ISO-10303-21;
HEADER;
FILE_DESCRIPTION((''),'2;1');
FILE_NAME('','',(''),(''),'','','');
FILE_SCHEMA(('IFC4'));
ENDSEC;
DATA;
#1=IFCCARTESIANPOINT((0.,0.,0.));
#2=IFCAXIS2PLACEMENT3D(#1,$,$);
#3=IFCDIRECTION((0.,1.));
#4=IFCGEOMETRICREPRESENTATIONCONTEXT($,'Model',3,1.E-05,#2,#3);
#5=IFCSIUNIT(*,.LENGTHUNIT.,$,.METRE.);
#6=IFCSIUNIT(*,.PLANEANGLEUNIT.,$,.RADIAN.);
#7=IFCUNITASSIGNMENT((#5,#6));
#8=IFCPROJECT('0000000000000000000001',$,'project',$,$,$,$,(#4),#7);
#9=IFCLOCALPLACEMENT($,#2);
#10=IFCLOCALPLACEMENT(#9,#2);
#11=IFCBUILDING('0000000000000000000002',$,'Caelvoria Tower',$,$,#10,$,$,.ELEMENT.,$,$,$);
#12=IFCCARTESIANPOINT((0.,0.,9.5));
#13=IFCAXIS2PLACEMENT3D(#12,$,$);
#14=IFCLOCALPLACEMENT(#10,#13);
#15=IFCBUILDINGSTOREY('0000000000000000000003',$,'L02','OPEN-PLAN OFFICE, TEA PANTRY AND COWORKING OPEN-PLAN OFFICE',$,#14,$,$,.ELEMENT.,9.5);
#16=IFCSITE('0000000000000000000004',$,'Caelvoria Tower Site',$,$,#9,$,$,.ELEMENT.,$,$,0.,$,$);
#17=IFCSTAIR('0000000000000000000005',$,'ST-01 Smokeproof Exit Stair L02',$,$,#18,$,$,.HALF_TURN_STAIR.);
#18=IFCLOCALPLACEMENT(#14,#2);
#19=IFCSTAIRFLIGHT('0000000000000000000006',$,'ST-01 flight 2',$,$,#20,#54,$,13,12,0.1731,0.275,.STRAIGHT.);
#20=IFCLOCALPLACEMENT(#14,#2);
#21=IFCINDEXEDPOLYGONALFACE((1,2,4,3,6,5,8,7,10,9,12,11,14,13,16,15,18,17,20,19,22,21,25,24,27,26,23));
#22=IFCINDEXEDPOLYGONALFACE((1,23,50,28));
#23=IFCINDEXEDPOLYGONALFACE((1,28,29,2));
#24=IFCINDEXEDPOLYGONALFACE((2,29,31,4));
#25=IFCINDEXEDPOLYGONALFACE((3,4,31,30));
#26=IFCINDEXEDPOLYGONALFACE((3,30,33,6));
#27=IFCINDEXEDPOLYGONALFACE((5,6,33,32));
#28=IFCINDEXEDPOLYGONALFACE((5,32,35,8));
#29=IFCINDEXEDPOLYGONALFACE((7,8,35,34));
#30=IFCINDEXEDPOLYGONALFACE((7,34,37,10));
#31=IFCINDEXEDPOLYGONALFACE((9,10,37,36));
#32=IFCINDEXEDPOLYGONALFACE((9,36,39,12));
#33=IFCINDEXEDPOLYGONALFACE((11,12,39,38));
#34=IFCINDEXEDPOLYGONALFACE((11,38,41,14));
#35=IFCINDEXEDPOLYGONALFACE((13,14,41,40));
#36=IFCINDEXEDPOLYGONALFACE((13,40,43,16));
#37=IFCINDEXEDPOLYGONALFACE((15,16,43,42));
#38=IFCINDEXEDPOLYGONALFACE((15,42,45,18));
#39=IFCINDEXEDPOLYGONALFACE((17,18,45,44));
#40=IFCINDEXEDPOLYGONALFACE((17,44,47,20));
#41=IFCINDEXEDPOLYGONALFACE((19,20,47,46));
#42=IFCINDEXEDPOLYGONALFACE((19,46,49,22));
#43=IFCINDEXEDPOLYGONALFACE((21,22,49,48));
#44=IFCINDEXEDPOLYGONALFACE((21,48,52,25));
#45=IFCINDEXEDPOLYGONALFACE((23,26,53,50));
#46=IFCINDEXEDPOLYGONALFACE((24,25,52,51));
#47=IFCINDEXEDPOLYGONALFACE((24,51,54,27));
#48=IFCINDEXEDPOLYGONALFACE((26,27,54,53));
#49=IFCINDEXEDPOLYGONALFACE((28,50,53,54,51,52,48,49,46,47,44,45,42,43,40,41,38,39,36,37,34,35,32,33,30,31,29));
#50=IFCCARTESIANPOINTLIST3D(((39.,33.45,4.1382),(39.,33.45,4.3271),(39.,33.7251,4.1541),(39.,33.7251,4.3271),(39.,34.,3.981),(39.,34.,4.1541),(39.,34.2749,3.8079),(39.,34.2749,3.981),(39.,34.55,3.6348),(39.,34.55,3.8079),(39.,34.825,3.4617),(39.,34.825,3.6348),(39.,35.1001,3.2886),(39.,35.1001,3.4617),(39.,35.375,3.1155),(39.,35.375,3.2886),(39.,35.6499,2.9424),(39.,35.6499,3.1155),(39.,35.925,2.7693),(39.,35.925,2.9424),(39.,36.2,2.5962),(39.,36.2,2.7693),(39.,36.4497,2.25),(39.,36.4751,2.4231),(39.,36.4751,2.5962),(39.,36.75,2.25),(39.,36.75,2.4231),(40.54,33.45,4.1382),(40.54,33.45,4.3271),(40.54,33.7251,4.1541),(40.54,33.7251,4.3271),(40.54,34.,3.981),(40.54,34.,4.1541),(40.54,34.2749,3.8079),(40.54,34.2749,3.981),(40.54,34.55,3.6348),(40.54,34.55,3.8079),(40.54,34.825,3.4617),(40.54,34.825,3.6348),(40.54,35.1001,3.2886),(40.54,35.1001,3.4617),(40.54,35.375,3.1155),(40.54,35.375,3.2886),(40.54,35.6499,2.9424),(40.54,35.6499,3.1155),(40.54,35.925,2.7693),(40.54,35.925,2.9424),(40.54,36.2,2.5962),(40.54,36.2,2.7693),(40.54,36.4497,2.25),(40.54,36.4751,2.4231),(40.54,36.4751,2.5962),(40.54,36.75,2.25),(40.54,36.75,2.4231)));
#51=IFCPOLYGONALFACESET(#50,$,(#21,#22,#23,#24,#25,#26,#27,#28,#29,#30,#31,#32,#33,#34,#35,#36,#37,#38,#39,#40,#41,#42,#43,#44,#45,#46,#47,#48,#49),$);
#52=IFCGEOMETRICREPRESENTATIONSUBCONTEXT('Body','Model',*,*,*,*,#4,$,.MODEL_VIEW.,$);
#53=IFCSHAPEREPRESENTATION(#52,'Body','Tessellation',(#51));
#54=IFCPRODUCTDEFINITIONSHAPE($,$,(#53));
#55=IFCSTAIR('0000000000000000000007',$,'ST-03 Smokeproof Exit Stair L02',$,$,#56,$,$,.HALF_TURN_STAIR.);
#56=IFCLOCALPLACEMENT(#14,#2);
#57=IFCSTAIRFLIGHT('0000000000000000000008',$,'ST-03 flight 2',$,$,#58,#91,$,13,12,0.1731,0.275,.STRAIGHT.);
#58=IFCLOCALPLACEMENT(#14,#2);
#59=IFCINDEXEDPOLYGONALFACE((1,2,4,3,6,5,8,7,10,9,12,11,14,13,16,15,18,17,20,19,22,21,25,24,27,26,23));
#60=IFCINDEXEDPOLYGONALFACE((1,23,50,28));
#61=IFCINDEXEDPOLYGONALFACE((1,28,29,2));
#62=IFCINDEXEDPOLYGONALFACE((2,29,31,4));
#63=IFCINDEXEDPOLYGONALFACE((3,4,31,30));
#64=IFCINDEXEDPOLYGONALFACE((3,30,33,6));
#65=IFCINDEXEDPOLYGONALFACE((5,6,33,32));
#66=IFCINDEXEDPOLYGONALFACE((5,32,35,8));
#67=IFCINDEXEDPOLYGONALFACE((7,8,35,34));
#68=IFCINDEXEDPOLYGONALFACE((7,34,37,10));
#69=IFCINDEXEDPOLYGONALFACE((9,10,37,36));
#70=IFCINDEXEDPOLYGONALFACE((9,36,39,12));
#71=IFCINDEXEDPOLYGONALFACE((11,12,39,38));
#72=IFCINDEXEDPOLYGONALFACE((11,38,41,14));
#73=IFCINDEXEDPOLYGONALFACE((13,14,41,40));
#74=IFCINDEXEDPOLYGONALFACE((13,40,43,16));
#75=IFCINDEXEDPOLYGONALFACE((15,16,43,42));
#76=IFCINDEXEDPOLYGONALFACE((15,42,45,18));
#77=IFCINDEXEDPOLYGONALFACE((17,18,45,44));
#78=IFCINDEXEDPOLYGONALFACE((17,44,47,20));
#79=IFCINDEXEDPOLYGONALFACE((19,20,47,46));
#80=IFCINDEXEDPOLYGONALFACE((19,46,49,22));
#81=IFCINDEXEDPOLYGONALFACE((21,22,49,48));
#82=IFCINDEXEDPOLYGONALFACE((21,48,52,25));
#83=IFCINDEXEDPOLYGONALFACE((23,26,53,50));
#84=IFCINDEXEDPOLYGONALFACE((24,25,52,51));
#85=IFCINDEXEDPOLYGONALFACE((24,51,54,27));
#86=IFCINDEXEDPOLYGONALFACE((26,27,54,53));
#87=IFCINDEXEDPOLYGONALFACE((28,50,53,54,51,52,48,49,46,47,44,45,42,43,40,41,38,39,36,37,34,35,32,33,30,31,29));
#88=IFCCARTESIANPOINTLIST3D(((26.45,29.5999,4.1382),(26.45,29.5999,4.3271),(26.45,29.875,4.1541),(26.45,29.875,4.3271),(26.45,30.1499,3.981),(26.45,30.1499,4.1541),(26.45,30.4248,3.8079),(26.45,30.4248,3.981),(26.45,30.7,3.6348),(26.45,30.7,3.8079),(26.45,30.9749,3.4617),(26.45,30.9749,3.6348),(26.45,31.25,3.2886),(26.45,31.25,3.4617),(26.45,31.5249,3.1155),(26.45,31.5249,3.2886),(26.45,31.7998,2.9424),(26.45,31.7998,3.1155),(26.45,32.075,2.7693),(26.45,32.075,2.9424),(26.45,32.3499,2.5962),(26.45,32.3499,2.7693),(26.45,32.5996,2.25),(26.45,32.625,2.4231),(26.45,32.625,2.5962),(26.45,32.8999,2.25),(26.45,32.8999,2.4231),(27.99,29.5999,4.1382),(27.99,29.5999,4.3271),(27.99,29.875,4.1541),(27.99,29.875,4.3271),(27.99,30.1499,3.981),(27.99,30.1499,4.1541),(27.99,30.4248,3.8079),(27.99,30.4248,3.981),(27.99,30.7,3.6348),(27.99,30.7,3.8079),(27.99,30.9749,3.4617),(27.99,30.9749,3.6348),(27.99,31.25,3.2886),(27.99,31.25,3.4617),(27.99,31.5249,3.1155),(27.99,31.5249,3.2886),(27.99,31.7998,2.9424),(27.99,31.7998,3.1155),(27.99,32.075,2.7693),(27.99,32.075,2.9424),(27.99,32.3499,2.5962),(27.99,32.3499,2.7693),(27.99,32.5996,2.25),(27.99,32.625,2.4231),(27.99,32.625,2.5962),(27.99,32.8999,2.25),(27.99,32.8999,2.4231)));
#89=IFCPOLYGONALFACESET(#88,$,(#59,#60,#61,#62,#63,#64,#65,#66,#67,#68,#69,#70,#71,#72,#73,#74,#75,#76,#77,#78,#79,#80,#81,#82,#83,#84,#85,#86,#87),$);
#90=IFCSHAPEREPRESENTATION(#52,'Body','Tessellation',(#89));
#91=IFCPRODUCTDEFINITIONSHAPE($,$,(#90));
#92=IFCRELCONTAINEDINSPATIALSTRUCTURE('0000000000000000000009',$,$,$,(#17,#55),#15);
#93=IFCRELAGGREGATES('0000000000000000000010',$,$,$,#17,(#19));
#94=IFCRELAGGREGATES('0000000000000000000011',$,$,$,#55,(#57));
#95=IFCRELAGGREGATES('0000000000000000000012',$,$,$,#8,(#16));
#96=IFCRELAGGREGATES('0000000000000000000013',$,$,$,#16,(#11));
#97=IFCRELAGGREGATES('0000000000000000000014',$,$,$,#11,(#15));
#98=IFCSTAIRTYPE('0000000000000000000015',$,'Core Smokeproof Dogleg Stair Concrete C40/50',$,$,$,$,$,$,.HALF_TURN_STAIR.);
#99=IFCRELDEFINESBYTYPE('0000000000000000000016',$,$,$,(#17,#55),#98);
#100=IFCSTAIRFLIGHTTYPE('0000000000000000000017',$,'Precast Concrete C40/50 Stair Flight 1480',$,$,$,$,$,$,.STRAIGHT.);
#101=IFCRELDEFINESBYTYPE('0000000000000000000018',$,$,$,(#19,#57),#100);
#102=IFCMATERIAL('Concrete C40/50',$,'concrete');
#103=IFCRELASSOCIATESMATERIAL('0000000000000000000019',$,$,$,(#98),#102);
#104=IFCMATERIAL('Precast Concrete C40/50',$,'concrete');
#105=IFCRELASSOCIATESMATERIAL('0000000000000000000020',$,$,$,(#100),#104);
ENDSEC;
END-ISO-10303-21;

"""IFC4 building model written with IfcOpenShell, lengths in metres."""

from ifc_helpers import new_model, si_unit, direction, frame, origin, place, context, subcontext, project, spatial, polyline, outline, extrude, material, type_object, element, aggregate, save


model = new_model("IFC4")

# Units and contexts
model_context = context("Model", 3, precision=1e-05, world=origin(), true_north=direction((0.0, 1.0)))
body_context = subcontext(model_context, "Body", "Model", "MODEL_VIEW")
ifc_project = project(units=[si_unit("LENGTHUNIT", "METRE"), si_unit("PLANEANGLEUNIT", "RADIAN")], contexts=[model_context])

# Site, building, storey
site_placement = place(None, origin())
site = spatial("IfcSite", under=ifc_project, at=site_placement, Name="Caelvoria Tower Site", CompositionType="ELEMENT", RefElevation=0.0)
building_placement = place(site_placement, origin())
building = spatial("IfcBuilding", under=site, at=building_placement, Name="Caelvoria Tower", CompositionType="ELEMENT")
storey_placement = place(building_placement, frame((0.0, 0.0, 9.5)))
storey = spatial("IfcBuildingStorey", under=building, at=storey_placement, Name="L02", Description="OPEN-PLAN OFFICE, TEA PANTRY AND COWORKING OPEN-PLAN OFFICE", CompositionType="ELEMENT", Elevation=9.5)

# Stair, stair flight
ifc_material_1 = material(Name="Concrete C40/50", Category="concrete")
stair_type = type_object("IfcStairType", Name="Core Smokeproof Dogleg Stair Concrete C40/50", PredefinedType="HALF_TURN_STAIR", material=ifc_material_1)
stair_1_placement = place(storey_placement, origin())
stair_1 = element("IfcStair", 1, at=stair_1_placement, inside=storey, type_object=stair_type, Name="ST-01 Smokeproof Exit Stair L02", PredefinedType="HALF_TURN_STAIR")
ifc_material_2 = material(Name="Precast Concrete C40/50", Category="concrete")
stair_flight_type = type_object("IfcStairFlightType", Name="Precast Concrete C40/50 Stair Flight 1480", PredefinedType="STRAIGHT", material=ifc_material_2)
stair_flight_1_placement = place(storey_placement, frame((39.77, 36.75, 2.25), z_axis=(0.0, 0.0, 1.0), x_axis=(0.0, -1.0, 0.0)))
stair_flight_1 = element("IfcStairFlight", 2, at=stair_flight_1_placement, type_object=stair_flight_type, Name="ST-01 flight 2", NumberOfRisers=13, NumberOfTreads=12, PredefinedType="STRAIGHT", RiserHeight=0.1731, TreadLength=0.275, context=body_context, shape_type="SweptSolid", body=[
    extrude(outline(polyline([(0.0, 0.0), (0.0, 0.1731), (0.2749, 0.1731), (0.2749, 0.3462), (0.55, 0.3462), (0.55, 0.5193), (0.825, 0.5193), (0.825, 0.6924), (1.1001, 0.6924), (1.1001, 0.8655), (1.375, 0.8655), (1.375, 1.0386), (1.6499, 1.0386), (1.6499, 1.2117), (1.925, 1.2117), (1.925, 1.3848), (2.2, 1.3848), (2.2, 1.5579), (2.4751, 1.5579), (2.4751, 1.731), (2.75, 1.731), (2.75, 1.9041), (3.0249, 1.9041), (3.0249, 2.0771), (3.3, 2.0771), (3.3, 2.2502), (3.3, 1.8882), (0.3003, 0.0), (0.0, 0.0)])), frame((0.0, 0.77, 0.0), z_axis=(0.0, -1.0, 0.0), x_axis=(1.0, 0.0, 0.0)), (0.0, 0.0, 1.0), 1.54),
])
aggregate(stair_1, [stair_flight_1])

# Stair, stair flight
stair_2_placement = place(storey_placement, origin())
stair_2 = element("IfcStair", 3, at=stair_2_placement, inside=storey, type_object=stair_type, Name="ST-03 Smokeproof Exit Stair L02", PredefinedType="HALF_TURN_STAIR")
stair_flight_2_placement = place(storey_placement, frame((27.22, 32.8999, 2.25), z_axis=(0.0, 0.0, 1.0), x_axis=(0.0, -1.0, 0.0)))
stair_flight_2 = element("IfcStairFlight", 4, at=stair_flight_2_placement, type_object=stair_flight_type, Name="ST-03 flight 2", NumberOfRisers=13, NumberOfTreads=12, PredefinedType="STRAIGHT", RiserHeight=0.1731, TreadLength=0.275, context=body_context, shape_type="SweptSolid", body=[
    extrude(outline(polyline([(0.0, 0.0), (0.0, 0.1731), (0.2749, 0.1731), (0.2749, 0.3462), (0.55, 0.3462), (0.55, 0.5193), (0.825, 0.5193), (0.825, 0.6924), (1.1001, 0.6924), (1.1001, 0.8655), (1.375, 0.8655), (1.375, 1.0386), (1.6499, 1.0386), (1.6499, 1.2117), (1.925, 1.2117), (1.925, 1.3848), (2.2, 1.3848), (2.2, 1.5579), (2.4751, 1.5579), (2.4751, 1.731), (2.75, 1.731), (2.75, 1.9041), (3.0249, 1.9041), (3.0249, 2.0771), (3.3, 2.0771), (3.3, 2.2502), (3.3, 1.8882), (0.3003, 0.0), (0.0, 0.0)])), frame((0.0, 0.77, 0.0), z_axis=(0.0, -1.0, 0.0), x_axis=(1.0, 0.0, 0.0)), (0.0, 0.0, 1.0), 1.54),
])
aggregate(stair_2, [stair_flight_2])

save(model, "model.ifc")
